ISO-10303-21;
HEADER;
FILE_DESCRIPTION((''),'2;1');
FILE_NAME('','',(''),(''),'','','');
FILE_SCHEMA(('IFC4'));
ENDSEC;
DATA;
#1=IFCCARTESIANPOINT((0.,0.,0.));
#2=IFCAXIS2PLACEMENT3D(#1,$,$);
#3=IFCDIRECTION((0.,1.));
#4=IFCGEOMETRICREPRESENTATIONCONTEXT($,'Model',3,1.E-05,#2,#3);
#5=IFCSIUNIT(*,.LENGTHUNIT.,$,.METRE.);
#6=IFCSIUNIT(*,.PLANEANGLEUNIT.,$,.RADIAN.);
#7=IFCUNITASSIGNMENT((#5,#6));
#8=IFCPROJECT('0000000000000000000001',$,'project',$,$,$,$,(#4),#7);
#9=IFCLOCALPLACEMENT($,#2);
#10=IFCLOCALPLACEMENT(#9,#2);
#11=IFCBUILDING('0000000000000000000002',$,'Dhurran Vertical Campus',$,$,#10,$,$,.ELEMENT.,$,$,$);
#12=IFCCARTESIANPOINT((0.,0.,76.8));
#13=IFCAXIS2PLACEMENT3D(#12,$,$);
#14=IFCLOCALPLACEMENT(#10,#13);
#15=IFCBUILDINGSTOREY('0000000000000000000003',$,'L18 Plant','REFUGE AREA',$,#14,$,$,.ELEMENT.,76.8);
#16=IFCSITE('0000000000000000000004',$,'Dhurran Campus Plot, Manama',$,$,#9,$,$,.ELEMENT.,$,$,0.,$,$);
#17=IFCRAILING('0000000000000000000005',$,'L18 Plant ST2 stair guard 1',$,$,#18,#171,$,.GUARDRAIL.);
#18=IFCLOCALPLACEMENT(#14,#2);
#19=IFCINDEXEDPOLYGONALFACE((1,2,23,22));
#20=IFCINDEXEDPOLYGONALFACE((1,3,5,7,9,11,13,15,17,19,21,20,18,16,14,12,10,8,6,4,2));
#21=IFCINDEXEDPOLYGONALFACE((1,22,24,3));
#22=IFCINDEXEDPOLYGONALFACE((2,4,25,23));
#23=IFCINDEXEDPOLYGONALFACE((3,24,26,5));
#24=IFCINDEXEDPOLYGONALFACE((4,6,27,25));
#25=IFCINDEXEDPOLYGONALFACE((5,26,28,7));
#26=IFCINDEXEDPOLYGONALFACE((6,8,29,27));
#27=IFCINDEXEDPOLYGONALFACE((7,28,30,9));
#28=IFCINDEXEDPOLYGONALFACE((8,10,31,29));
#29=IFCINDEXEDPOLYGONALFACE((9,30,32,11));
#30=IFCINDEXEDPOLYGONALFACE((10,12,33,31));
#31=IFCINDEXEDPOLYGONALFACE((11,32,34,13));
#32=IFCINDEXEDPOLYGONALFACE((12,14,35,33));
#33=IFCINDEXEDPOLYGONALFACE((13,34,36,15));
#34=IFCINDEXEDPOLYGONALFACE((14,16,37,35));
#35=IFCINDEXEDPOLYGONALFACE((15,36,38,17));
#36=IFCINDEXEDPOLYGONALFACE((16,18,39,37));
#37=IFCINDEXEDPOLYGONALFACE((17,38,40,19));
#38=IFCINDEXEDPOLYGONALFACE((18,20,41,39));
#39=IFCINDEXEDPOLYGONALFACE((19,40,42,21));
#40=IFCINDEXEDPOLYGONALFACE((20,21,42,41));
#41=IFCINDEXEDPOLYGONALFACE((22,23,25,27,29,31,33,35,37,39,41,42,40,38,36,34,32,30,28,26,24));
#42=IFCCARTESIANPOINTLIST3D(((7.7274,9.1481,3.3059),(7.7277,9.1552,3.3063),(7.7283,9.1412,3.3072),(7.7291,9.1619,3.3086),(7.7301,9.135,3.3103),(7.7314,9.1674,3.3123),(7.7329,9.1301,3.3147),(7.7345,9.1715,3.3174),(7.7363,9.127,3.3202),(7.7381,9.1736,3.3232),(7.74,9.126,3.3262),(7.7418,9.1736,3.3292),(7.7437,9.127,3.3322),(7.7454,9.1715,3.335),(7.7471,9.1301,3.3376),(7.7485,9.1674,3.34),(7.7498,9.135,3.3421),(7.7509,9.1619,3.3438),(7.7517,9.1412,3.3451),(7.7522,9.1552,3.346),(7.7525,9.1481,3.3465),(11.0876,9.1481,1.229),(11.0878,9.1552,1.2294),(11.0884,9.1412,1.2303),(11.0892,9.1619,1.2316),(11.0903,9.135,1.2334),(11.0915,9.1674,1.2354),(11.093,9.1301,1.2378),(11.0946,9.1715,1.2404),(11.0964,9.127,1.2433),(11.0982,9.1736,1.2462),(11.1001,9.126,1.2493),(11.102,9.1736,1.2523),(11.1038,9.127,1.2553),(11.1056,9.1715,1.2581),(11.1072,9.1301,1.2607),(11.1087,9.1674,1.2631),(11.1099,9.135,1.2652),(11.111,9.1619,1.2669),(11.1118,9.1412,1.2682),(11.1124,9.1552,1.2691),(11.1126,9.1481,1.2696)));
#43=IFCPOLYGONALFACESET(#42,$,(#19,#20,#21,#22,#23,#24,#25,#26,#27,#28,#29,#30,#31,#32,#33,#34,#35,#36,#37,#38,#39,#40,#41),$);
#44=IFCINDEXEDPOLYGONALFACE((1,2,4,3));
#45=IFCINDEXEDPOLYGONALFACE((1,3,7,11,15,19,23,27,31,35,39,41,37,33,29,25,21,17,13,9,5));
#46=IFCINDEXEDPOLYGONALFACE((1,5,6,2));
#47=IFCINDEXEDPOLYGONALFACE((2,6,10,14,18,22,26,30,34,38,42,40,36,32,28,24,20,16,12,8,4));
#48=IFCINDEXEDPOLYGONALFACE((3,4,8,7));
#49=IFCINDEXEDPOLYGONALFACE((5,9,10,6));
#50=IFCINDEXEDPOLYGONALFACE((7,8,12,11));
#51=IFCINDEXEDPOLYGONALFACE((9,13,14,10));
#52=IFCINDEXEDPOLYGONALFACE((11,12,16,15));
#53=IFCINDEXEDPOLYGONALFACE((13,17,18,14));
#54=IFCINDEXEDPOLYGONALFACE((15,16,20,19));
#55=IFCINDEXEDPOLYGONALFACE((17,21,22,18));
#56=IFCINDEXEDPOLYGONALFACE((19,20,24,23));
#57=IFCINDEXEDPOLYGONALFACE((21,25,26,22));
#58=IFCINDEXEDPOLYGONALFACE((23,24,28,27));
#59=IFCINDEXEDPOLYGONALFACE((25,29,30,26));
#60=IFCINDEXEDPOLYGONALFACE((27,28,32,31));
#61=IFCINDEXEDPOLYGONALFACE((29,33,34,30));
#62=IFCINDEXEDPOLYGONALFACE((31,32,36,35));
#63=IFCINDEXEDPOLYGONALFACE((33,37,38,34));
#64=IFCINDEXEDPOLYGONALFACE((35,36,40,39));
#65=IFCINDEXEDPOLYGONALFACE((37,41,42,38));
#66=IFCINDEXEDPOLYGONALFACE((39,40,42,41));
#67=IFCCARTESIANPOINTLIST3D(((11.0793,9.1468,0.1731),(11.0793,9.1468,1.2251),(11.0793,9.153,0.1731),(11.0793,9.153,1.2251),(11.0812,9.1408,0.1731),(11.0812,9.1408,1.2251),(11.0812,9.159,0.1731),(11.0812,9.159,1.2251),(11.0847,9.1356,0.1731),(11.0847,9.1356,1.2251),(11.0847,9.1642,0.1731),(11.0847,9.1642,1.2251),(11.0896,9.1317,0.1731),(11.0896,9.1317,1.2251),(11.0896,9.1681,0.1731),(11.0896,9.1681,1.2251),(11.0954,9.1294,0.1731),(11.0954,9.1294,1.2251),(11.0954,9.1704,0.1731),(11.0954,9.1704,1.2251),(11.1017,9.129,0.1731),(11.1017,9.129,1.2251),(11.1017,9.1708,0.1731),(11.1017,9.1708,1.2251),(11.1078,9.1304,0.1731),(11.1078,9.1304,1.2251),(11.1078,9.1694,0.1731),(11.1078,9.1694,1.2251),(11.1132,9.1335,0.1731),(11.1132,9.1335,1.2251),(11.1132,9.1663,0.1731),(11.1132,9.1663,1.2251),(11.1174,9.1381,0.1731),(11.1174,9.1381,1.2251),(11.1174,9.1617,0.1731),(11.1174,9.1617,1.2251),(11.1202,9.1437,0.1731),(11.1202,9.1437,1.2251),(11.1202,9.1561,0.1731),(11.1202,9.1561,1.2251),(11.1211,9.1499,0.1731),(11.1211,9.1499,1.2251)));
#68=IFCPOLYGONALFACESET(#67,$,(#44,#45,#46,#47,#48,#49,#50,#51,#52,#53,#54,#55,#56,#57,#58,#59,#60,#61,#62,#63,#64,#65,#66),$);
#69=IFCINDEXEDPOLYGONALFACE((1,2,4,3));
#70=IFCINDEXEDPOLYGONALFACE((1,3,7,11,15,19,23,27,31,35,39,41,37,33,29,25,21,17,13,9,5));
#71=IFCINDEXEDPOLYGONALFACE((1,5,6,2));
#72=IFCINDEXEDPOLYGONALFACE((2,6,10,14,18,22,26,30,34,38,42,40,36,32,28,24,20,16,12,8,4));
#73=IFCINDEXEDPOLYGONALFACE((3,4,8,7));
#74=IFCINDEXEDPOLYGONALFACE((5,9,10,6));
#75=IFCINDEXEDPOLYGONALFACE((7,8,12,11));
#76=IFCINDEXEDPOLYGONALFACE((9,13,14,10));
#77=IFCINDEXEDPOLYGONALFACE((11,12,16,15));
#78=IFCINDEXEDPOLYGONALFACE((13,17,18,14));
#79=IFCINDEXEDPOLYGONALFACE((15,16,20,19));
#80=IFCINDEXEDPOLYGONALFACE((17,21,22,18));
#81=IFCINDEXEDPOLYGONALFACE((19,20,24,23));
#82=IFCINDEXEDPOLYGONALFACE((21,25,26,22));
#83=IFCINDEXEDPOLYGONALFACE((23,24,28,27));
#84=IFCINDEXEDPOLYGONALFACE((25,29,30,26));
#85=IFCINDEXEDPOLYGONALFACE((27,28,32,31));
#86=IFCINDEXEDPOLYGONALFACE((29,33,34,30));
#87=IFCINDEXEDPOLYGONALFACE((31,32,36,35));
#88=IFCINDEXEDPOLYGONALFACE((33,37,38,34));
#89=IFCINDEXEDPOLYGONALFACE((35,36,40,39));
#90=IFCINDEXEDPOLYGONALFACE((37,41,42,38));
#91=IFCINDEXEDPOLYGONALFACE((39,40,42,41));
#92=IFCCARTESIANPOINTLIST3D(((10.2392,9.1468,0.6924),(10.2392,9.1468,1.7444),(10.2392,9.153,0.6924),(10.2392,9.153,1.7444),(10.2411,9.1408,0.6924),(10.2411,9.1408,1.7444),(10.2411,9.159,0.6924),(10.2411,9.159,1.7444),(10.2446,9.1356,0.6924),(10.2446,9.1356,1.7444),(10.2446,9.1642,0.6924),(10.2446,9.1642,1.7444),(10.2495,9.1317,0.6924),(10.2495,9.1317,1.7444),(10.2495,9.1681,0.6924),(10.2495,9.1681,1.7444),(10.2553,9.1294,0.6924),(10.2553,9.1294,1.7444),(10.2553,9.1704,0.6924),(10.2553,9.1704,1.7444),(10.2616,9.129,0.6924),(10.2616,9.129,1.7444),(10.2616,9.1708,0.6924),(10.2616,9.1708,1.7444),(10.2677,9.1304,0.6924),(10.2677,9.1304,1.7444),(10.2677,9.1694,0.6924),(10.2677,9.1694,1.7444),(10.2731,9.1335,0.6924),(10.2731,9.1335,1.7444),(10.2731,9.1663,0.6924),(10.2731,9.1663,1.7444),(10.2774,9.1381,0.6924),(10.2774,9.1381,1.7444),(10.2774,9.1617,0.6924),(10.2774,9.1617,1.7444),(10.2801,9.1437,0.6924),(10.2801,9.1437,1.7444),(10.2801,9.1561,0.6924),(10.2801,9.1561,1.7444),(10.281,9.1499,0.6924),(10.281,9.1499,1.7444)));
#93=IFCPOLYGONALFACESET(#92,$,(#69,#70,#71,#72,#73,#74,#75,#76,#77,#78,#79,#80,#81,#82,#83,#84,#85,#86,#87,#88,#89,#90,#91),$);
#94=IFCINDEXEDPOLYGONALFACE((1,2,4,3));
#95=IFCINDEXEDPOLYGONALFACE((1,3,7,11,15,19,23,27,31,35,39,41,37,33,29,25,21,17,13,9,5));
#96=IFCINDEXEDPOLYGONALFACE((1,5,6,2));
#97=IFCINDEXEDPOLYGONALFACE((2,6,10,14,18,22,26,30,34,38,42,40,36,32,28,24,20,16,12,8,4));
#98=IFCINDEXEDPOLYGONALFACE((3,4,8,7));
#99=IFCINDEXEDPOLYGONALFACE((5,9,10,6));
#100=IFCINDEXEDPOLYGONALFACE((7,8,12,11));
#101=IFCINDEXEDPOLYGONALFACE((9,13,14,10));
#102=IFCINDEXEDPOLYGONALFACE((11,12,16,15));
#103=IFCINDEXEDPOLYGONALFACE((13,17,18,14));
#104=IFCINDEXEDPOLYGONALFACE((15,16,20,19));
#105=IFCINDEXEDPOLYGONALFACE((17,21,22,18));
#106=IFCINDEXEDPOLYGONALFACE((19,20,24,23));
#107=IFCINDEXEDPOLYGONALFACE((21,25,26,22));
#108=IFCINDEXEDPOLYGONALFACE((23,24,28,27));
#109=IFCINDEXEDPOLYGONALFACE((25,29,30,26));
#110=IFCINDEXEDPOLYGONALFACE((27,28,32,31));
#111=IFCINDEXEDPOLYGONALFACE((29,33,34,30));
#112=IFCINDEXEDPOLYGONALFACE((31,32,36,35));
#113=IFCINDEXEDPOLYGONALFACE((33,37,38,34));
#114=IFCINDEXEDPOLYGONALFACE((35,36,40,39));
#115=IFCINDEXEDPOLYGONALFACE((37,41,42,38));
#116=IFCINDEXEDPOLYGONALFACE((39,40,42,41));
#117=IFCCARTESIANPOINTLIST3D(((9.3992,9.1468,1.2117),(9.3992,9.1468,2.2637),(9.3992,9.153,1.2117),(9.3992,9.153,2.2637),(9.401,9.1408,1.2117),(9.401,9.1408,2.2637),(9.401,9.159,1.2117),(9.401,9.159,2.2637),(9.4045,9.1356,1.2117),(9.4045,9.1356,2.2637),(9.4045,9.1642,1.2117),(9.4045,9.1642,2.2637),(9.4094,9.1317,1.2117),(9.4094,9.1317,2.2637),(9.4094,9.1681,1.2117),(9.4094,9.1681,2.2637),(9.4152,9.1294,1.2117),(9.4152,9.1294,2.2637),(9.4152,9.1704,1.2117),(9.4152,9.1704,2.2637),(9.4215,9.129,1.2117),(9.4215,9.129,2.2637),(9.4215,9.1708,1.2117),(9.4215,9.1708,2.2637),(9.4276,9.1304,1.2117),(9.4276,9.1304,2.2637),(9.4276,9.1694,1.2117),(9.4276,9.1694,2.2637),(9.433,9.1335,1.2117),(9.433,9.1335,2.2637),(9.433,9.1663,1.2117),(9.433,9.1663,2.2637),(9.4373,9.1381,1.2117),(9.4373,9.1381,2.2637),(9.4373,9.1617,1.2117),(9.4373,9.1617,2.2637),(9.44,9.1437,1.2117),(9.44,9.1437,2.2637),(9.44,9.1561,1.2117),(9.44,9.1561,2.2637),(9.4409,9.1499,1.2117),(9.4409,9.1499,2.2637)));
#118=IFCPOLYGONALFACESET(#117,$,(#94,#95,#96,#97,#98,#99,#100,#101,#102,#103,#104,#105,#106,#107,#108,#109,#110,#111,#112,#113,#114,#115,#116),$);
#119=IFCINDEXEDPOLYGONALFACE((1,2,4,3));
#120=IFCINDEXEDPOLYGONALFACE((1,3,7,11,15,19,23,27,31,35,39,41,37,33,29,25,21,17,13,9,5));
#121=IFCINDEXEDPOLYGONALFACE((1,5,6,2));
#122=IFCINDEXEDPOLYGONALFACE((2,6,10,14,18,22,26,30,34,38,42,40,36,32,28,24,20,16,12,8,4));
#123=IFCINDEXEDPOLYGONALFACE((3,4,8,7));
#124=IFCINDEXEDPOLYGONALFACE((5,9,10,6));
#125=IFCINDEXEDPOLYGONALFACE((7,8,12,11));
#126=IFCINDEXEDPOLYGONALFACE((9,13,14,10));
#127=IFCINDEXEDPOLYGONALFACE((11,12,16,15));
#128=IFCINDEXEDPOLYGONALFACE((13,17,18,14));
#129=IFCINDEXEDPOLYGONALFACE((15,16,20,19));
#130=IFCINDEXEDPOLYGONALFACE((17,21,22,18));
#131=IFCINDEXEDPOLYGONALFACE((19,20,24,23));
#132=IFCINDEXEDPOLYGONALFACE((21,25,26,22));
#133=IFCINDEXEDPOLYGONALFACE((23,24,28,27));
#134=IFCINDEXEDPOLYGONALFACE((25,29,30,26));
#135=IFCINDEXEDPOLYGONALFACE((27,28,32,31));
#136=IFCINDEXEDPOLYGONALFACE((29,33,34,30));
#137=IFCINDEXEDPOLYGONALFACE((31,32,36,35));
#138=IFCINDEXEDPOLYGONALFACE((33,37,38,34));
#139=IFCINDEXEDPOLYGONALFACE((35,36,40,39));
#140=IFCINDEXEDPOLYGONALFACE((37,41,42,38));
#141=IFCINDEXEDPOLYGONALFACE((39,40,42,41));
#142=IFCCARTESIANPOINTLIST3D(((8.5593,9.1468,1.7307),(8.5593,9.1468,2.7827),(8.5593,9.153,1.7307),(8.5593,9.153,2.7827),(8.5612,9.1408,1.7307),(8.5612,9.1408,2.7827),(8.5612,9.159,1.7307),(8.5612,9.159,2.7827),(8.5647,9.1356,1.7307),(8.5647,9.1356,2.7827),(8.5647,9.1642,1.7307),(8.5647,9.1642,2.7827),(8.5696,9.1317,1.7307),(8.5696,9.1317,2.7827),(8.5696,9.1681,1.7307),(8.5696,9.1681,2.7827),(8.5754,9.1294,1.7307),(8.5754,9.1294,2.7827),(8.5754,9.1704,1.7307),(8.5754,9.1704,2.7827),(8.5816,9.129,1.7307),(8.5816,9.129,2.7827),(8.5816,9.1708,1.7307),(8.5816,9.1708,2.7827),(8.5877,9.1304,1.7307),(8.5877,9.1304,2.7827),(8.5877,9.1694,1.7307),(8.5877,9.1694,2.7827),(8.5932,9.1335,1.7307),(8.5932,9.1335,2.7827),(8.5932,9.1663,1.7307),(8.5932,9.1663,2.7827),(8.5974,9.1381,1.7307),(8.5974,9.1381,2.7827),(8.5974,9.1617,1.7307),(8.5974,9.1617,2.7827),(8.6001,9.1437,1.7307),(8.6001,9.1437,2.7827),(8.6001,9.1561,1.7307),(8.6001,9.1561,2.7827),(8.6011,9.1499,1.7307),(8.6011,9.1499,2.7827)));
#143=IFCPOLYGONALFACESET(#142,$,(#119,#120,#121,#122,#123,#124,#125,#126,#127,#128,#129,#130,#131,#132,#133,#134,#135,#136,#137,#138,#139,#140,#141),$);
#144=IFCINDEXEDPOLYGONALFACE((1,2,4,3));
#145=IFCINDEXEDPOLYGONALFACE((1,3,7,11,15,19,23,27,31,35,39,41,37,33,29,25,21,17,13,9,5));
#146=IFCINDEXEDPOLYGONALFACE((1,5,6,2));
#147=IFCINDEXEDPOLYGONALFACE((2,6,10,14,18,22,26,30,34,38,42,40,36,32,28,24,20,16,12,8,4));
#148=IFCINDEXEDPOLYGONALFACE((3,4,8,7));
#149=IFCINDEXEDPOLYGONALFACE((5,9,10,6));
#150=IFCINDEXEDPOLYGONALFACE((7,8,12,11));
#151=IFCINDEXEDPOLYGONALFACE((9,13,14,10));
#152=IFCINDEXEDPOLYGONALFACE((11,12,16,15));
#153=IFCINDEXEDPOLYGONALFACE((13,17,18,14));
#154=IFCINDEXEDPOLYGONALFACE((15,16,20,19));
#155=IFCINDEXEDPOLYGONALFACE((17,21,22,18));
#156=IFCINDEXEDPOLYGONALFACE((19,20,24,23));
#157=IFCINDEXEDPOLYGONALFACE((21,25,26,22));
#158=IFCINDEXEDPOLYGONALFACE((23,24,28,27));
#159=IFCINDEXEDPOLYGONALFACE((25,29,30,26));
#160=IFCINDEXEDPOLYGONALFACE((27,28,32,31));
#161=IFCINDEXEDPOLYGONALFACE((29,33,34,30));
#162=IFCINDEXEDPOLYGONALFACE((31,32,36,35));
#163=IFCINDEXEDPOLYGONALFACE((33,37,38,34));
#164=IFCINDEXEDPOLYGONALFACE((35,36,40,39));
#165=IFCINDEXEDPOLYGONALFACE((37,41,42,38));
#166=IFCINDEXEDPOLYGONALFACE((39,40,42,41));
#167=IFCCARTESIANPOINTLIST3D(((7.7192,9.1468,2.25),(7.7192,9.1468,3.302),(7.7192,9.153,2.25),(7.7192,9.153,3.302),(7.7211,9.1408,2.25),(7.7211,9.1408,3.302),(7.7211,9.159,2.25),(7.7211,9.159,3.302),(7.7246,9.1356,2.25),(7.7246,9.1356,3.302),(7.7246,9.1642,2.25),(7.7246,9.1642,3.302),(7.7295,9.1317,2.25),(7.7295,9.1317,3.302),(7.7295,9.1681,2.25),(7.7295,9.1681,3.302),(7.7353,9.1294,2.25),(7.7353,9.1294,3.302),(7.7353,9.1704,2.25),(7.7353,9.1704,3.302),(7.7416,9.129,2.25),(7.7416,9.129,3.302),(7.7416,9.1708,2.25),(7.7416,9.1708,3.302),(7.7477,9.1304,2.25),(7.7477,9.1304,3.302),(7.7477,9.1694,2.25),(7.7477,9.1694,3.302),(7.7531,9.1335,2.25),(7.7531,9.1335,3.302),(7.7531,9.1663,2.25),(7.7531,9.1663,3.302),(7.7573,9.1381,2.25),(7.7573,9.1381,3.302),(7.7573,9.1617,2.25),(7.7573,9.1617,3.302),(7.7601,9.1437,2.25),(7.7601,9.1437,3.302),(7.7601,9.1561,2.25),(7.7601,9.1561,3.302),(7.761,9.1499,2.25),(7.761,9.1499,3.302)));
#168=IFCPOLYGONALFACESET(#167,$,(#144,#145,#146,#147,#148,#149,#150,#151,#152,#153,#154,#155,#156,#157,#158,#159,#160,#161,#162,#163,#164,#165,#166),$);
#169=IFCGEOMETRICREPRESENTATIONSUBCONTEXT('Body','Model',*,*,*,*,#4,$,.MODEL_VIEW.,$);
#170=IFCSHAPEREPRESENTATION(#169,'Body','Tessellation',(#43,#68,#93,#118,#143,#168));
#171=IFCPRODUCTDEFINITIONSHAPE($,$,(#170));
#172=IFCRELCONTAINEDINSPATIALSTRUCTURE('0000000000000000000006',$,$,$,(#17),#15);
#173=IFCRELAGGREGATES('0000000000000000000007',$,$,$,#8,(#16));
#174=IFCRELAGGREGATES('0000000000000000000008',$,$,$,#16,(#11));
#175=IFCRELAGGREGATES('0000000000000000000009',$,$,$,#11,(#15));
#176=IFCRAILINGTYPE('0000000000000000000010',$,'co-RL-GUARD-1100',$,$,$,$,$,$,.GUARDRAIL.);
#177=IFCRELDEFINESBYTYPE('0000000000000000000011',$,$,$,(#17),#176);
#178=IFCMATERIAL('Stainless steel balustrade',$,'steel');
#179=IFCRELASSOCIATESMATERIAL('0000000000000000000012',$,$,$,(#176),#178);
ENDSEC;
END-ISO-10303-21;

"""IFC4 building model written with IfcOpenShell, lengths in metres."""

from ifc_helpers import new_model, si_unit, direction, frame, origin, origin_2d, place, context, subcontext, project, spatial, circle, extrude, material, type_object, element, save


model = new_model("IFC4")

# Units and contexts
model_context = context("Model", 3, precision=1e-05, world=origin(), true_north=direction((0.0, 1.0)))
body_context = subcontext(model_context, "Body", "Model", "MODEL_VIEW")
ifc_project = project(units=[si_unit("LENGTHUNIT", "METRE"), si_unit("PLANEANGLEUNIT", "RADIAN")], contexts=[model_context])

# Site, building, storey
site_placement = place(None, origin())
site = spatial("IfcSite", under=ifc_project, at=site_placement, Name="Dhurran Campus Plot, Manama", CompositionType="ELEMENT", RefElevation=0.0)
building_placement = place(site_placement, origin())
building = spatial("IfcBuilding", under=site, at=building_placement, Name="Dhurran Vertical Campus", CompositionType="ELEMENT")
storey_placement = place(building_placement, frame((0.0, 0.0, 76.8)))
storey = spatial("IfcBuildingStorey", under=building, at=storey_placement, Name="L18 Plant", Description="REFUGE AREA", CompositionType="ELEMENT", Elevation=76.8)

# Railing
ifc_material_1 = material(Name="Stainless steel balustrade", Category="steel")
railing_type_1 = type_object("IfcRailingType", Name="co-RL-GUARD-1100", PredefinedType="GUARDRAIL", material=ifc_material_1)
railing_1_placement = place(storey_placement, frame((11.1001, 9.1499, 0.1731)))
element("IfcRailing", 1, at=railing_1_placement, inside=storey, type_object=railing_type_1, Name="L18 Plant ST2 stair guard 1", PredefinedType="GUARDRAIL", context=body_context, shape_type="SweptSolid", body=[
    extrude(circle(Radius=0.0239, at=origin_2d()), frame((0.0, 0.0, 1.0762), z_axis=(-0.850623, 0.0, 0.525776), x_axis=(0.0, -1.0, 0.0)), (0.0, 0.0, 1.0), 3.9502),
    extrude(circle(Radius=0.021, at=origin_2d()), origin(), (0.0, 0.0, 1.0), 1.052),
    extrude(circle(Radius=0.021, at=origin_2d()), frame((-0.8401, 0.0, 0.5193)), (0.0, 0.0, 1.0), 1.052),
    extrude(circle(Radius=0.021, at=origin_2d()), frame((-1.6802, 0.0, 1.0386)), (0.0, 0.0, 1.0), 1.052),
    extrude(circle(Radius=0.021, at=origin_2d()), frame((-2.52, 0.0, 1.5576)), (0.0, 0.0, 1.0), 1.052),
    extrude(circle(Radius=0.021, at=origin_2d()), frame((-3.3601, 0.0, 2.0769)), (0.0, 0.0, 1.0), 1.052),
])

save(model, "model.ifc")
